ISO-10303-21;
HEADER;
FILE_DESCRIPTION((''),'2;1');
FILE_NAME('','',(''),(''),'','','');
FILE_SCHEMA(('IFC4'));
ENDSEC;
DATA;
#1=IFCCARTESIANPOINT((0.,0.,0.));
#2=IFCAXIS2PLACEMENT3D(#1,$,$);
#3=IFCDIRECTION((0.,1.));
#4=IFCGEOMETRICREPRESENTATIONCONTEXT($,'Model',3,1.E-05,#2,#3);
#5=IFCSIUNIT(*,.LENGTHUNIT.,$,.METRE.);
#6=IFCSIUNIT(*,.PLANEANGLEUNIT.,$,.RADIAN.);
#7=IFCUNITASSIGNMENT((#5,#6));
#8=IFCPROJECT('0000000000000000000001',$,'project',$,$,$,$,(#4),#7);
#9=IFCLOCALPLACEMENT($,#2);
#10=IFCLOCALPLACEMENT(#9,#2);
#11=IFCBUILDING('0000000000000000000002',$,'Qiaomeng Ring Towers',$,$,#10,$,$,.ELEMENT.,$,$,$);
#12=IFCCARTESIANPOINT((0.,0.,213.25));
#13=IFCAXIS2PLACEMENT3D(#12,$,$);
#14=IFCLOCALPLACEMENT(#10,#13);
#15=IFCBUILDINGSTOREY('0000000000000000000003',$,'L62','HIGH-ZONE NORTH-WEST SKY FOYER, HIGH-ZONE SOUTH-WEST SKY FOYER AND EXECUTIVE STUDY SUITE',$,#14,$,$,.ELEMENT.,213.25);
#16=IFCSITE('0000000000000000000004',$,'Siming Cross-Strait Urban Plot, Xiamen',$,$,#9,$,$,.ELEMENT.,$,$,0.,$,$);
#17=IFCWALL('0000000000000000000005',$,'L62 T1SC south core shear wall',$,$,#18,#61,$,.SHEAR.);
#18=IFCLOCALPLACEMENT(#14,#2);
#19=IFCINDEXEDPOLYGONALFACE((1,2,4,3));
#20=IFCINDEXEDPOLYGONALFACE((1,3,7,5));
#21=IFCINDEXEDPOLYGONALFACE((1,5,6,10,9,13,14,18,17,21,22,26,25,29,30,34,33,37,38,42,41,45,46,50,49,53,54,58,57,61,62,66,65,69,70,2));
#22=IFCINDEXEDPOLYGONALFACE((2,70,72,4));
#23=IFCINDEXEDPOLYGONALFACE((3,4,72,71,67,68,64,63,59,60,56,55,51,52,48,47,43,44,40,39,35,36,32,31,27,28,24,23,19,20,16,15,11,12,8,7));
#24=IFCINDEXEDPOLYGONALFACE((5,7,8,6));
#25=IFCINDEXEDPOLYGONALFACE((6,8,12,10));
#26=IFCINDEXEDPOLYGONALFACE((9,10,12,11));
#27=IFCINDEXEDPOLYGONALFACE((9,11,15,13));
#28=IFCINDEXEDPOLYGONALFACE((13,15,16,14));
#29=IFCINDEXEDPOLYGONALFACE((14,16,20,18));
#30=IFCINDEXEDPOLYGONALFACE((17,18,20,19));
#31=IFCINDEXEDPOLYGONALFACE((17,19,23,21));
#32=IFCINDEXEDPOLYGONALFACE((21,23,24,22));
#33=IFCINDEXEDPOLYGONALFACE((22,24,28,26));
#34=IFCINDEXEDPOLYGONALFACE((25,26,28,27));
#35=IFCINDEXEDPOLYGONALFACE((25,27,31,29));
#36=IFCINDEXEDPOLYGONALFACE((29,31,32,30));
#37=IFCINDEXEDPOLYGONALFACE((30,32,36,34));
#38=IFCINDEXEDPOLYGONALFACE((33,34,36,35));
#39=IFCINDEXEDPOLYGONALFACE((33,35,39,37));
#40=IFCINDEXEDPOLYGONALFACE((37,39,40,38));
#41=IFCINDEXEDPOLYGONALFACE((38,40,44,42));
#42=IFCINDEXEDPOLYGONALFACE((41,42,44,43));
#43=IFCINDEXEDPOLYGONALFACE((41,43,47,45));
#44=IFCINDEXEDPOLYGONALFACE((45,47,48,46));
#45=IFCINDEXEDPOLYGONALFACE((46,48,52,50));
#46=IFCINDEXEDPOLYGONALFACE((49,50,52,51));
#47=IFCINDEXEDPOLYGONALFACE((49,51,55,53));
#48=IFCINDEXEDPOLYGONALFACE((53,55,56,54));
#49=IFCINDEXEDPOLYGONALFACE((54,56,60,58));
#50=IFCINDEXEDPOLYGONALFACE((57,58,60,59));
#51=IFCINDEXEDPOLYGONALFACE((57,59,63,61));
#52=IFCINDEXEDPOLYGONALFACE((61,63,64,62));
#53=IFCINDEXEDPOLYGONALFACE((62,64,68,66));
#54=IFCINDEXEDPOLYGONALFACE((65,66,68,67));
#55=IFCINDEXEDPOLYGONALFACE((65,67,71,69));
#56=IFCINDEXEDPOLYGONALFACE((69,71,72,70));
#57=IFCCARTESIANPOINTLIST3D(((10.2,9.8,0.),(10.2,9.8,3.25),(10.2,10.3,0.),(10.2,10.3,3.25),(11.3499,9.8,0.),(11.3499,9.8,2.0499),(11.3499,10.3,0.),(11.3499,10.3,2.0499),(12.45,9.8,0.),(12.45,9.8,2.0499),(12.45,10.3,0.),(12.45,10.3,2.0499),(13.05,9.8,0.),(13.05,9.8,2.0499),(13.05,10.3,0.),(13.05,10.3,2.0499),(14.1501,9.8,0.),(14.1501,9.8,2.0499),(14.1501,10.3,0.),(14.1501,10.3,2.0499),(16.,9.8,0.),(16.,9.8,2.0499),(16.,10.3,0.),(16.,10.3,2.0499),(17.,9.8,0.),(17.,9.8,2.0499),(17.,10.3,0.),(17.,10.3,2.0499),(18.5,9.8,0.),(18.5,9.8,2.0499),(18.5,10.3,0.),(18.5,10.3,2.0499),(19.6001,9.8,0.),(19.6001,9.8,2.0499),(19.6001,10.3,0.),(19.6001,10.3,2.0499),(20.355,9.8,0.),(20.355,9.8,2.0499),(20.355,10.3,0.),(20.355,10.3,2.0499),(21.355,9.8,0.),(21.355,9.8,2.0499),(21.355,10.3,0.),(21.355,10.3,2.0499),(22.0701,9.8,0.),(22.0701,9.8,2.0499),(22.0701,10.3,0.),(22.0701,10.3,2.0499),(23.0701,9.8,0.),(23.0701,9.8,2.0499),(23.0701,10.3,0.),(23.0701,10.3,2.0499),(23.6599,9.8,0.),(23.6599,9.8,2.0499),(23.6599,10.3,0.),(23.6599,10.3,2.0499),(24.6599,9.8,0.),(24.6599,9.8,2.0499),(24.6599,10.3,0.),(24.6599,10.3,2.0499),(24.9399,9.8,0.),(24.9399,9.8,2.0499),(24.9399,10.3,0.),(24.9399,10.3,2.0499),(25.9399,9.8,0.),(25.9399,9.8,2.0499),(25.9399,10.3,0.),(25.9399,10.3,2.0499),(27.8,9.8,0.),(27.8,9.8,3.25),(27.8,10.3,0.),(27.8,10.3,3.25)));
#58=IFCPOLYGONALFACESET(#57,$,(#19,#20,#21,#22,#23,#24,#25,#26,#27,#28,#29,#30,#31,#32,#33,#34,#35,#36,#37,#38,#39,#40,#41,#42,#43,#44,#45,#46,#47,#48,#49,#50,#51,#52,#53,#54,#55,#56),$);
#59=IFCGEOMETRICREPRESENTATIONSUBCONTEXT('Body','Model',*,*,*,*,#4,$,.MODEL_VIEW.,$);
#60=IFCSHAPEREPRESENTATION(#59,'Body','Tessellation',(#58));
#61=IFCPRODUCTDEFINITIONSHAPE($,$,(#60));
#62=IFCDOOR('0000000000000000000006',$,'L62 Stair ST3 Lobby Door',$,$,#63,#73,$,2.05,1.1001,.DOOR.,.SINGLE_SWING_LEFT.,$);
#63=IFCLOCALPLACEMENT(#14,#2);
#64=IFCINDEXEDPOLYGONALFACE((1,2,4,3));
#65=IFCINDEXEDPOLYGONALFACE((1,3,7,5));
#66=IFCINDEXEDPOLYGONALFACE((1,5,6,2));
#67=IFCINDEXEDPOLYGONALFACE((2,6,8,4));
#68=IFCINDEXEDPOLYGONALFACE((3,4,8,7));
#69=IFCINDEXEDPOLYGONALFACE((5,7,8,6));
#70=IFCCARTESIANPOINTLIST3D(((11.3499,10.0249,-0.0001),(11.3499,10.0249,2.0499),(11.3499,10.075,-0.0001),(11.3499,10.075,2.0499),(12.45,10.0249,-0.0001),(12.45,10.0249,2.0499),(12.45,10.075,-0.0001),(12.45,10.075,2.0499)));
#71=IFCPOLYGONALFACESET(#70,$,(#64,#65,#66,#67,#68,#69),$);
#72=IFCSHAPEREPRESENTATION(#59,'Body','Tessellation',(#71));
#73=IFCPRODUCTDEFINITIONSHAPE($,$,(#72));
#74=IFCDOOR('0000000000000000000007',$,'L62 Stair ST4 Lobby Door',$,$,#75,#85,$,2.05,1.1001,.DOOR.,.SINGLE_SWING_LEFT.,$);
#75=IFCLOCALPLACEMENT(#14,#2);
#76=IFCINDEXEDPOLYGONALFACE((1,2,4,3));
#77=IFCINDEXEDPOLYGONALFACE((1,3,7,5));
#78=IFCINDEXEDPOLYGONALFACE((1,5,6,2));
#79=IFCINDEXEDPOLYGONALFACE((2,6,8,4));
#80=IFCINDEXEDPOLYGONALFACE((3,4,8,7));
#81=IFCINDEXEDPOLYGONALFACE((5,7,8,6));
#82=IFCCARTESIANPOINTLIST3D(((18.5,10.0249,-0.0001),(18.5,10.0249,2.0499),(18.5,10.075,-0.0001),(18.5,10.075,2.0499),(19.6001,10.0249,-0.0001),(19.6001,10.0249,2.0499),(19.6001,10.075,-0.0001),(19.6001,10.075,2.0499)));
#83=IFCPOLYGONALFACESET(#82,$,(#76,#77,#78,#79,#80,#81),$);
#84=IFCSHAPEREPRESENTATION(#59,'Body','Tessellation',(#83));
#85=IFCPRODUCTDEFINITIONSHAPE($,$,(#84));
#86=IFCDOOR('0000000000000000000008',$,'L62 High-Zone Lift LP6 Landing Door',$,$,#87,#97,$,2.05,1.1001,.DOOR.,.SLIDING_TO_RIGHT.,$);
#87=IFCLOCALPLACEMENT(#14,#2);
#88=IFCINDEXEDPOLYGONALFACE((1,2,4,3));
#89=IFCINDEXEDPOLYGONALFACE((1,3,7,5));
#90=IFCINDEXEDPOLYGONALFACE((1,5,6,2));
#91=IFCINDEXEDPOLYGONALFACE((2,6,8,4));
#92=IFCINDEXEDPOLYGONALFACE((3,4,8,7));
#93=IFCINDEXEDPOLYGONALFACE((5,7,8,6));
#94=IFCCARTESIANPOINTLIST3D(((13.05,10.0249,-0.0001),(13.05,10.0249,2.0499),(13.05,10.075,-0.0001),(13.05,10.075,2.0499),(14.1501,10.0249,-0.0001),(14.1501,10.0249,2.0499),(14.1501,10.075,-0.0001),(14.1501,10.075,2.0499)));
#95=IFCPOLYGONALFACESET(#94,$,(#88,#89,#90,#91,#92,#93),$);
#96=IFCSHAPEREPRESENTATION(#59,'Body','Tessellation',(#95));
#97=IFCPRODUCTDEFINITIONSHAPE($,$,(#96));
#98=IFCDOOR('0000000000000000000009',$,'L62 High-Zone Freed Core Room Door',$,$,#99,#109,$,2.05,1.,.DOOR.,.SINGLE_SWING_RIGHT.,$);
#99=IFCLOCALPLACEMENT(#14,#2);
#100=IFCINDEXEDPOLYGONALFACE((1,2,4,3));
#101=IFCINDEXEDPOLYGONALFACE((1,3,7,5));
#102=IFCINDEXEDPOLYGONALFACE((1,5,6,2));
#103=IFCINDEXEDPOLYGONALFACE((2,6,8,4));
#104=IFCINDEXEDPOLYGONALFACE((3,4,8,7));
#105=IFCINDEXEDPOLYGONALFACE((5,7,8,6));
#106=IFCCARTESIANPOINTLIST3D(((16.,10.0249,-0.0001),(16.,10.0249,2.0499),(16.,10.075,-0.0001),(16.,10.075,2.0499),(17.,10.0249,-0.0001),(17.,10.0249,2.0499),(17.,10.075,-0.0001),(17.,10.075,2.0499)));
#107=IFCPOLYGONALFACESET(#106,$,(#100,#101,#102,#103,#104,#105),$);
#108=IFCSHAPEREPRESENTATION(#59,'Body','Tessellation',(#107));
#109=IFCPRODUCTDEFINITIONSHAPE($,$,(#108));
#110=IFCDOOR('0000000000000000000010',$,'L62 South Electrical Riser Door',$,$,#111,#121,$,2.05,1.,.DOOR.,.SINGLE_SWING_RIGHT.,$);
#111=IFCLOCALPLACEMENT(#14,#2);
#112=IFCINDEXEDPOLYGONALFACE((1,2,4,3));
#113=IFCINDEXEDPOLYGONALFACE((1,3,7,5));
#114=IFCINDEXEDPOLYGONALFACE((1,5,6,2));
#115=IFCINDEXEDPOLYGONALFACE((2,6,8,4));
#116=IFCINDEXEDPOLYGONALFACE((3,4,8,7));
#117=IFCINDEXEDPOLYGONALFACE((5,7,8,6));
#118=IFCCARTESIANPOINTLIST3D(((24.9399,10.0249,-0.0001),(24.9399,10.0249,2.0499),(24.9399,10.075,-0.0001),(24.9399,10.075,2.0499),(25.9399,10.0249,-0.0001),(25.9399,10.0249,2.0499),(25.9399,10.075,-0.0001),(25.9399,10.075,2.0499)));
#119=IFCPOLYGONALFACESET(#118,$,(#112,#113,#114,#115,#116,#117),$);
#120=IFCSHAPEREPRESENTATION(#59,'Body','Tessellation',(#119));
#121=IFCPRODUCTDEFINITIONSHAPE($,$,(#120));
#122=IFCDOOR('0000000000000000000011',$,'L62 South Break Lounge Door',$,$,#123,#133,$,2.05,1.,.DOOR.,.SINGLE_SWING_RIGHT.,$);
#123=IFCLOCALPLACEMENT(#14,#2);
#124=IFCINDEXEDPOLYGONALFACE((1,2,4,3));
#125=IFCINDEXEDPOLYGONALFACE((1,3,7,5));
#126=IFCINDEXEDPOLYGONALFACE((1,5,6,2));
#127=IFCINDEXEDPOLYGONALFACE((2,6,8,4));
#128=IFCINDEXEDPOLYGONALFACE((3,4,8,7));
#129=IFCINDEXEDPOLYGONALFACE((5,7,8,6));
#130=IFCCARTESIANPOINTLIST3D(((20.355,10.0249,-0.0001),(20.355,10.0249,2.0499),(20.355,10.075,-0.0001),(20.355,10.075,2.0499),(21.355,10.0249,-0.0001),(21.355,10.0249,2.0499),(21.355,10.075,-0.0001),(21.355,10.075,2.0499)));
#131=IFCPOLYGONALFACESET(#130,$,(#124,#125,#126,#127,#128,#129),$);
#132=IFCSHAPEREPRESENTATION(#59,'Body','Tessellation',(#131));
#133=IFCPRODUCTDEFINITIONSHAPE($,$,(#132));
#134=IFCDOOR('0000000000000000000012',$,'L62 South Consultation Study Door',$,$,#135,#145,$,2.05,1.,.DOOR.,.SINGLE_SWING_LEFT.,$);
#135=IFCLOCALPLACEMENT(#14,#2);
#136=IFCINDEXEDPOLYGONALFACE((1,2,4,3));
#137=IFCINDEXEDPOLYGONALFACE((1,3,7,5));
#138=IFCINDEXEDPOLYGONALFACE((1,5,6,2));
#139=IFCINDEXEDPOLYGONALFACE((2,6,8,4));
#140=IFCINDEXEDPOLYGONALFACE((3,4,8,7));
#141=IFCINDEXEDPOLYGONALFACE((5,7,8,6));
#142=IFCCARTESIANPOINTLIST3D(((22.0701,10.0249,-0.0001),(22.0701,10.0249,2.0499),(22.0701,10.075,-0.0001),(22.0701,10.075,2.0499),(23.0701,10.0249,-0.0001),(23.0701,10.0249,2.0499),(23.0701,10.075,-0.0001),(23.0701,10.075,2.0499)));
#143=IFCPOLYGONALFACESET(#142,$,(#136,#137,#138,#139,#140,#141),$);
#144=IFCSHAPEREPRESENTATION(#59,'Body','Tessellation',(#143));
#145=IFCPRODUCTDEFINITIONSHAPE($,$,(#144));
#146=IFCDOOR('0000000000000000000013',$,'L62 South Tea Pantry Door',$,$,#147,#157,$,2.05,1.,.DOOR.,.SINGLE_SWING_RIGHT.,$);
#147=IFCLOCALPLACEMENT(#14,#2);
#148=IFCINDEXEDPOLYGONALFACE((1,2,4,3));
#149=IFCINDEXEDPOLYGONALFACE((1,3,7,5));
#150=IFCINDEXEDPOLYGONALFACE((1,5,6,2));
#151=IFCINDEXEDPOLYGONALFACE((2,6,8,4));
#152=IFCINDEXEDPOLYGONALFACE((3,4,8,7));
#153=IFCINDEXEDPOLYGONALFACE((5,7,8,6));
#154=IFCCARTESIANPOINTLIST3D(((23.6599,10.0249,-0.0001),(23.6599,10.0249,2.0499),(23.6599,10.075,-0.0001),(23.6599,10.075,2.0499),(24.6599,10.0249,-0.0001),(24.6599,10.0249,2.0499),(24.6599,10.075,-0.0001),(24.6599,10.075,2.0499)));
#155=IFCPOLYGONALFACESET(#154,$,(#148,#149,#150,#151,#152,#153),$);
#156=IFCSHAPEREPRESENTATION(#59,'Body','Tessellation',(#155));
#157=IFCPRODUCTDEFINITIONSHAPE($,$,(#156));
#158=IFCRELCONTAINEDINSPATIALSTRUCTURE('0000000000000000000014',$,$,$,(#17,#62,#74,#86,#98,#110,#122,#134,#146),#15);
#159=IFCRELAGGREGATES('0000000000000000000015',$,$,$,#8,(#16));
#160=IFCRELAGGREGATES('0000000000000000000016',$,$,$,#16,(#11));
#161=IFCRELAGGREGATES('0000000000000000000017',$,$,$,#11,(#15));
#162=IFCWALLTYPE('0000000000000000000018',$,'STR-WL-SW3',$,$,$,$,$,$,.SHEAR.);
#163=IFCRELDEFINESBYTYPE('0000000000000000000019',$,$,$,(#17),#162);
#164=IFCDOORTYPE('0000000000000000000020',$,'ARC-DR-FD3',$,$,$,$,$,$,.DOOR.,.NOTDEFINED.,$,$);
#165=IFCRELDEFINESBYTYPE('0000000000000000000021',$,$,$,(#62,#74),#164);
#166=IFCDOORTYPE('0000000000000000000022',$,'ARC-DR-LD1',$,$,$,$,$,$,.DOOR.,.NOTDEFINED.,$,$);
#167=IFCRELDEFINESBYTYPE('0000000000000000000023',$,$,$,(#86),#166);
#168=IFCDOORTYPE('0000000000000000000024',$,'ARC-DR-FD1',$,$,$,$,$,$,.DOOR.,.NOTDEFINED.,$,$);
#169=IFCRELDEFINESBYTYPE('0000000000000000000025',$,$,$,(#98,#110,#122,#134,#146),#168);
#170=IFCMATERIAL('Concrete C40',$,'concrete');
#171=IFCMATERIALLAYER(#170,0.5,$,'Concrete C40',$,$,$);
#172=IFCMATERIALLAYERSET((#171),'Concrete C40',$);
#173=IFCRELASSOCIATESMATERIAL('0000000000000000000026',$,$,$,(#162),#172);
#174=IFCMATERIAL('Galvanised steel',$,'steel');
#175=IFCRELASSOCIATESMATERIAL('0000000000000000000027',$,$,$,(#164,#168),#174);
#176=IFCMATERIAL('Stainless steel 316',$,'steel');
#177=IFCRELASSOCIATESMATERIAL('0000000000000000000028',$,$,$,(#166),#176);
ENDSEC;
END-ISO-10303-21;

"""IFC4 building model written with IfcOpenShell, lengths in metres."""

from ifc_helpers import new_model, si_unit, direction, frame, frame_2d, origin, place, context, subcontext, project, spatial, rectangle, extrude, source, transform, mapped, material, layer, layer_set, type_object, element, fill, save


model = new_model("IFC4")

# Units and contexts
model_context = context("Model", 3, precision=1e-05, world=origin(), true_north=direction((0.0, 1.0)))
body_context = subcontext(model_context, "Body", "Model", "MODEL_VIEW")
ifc_project = project(units=[si_unit("LENGTHUNIT", "METRE"), si_unit("PLANEANGLEUNIT", "RADIAN")], contexts=[model_context])

# Site, building, storey
site_placement = place(None, origin())
site = spatial("IfcSite", under=ifc_project, at=site_placement, Name="Siming Cross-Strait Urban Plot, Xiamen", CompositionType="ELEMENT", RefElevation=0.0)
building_placement = place(site_placement, origin())
building = spatial("IfcBuilding", under=site, at=building_placement, Name="Qiaomeng Ring Towers", CompositionType="ELEMENT")
storey_placement = place(building_placement, frame((0.0, 0.0, 213.25)))
storey = spatial("IfcBuildingStorey", under=building, at=storey_placement, Name="L62", Description="HIGH-ZONE NORTH-WEST SKY FOYER, HIGH-ZONE SOUTH-WEST SKY FOYER AND EXECUTIVE STUDY SUITE", CompositionType="ELEMENT", Elevation=213.25)

# Shared definitions
shared_shape_1 = source(origin(), body_context, "Body", "SweptSolid", [
    extrude(rectangle(XDim=1.0, YDim=2.05, at=frame_2d((0.5, 1.0249))), frame((0.0, 0.0249, 0.0), z_axis=(0.0, -1.0, 0.0), x_axis=(1.0, 0.0, 0.0)), (0.0, 0.0, 1.0), 0.05),
])

# Shared definitions
ifc_material_1 = material(Name="Concrete C40", Category="concrete")

# Wall, openings, doors
ifc_layer_1 = layer(ifc_material_1, 0.5, Name="Concrete C40")
ifc_layer_set_1 = layer_set([ifc_layer_1], Name="Concrete C40")
wall_type_1 = type_object("IfcWallType", Name="STR-WL-SW3", PredefinedType="SHEAR", material=ifc_layer_set_1)
wall_1_placement = place(storey_placement, frame((10.2, 10.05, 0.0), z_axis=(0.0, 0.0, 1.0), x_axis=(1.0, 0.0, 0.0)))
wall_1 = element("IfcWall", 1, at=wall_1_placement, inside=storey, type_object=wall_type_1, Name="L62 T1SC south core shear wall", PredefinedType="SHEAR", context=body_context, shape_type="SweptSolid", body=[
    extrude(rectangle(XDim=17.6001, YDim=0.5, at=frame_2d((8.8, 0.0))), origin(), (0.0, 0.0, 1.0), 3.25),
])
opening_1_placement = place(wall_1_placement, frame((1.1499, 0.0, 0.0)))
opening_1 = element("IfcOpeningElement", 2, at=opening_1_placement, cuts=wall_1, PredefinedType="OPENING", context=body_context, shape_type="SweptSolid", body=[
    extrude(rectangle(XDim=1.1001, YDim=2.05, at=frame_2d((0.55, 1.0249))), frame((0.0, 0.26, 0.0), z_axis=(0.0, -1.0, 0.0), x_axis=(1.0, 0.0, 0.0)), (0.0, 0.0, 1.0), 0.52),
])
opening_2_placement = place(wall_1_placement, frame((8.3, 0.0, 0.0)))
opening_2 = element("IfcOpeningElement", 3, at=opening_2_placement, cuts=wall_1, PredefinedType="OPENING", context=body_context, shape_type="SweptSolid", body=[
    extrude(rectangle(XDim=1.1001, YDim=2.05, at=frame_2d((0.55, 1.0249))), frame((0.0, 0.26, 0.0), z_axis=(0.0, -1.0, 0.0), x_axis=(1.0, 0.0, 0.0)), (0.0, 0.0, 1.0), 0.52),
])
opening_3_placement = place(wall_1_placement, frame((2.8501, 0.0, 0.0)))
opening_3 = element("IfcOpeningElement", 4, at=opening_3_placement, cuts=wall_1, PredefinedType="OPENING", context=body_context, shape_type="SweptSolid", body=[
    extrude(rectangle(XDim=1.1001, YDim=2.05, at=frame_2d((0.55, 1.0249))), frame((0.0, 0.26, 0.0), z_axis=(0.0, -1.0, 0.0), x_axis=(1.0, 0.0, 0.0)), (0.0, 0.0, 1.0), 0.52),
])
opening_4_placement = place(wall_1_placement, frame((5.8, 0.0, 0.0)))
opening_4 = element("IfcOpeningElement", 5, at=opening_4_placement, cuts=wall_1, PredefinedType="OPENING", context=body_context, shape_type="SweptSolid", body=[
    extrude(rectangle(XDim=1.0, YDim=2.05, at=frame_2d((0.5, 1.0249))), frame((0.0, 0.26, 0.0), z_axis=(0.0, -1.0, 0.0), x_axis=(1.0, 0.0, 0.0)), (0.0, 0.0, 1.0), 0.52),
])
opening_5_placement = place(wall_1_placement, frame((14.74, 0.0, 0.0)))
opening_5 = element("IfcOpeningElement", 6, at=opening_5_placement, cuts=wall_1, PredefinedType="OPENING", context=body_context, shape_type="SweptSolid", body=[
    extrude(rectangle(XDim=1.0, YDim=2.05, at=frame_2d((0.5, 1.0249))), frame((0.0, 0.26, 0.0), z_axis=(0.0, -1.0, 0.0), x_axis=(1.0, 0.0, 0.0)), (0.0, 0.0, 1.0), 0.52),
])
opening_6_placement = place(wall_1_placement, frame((10.155, 0.0, 0.0)))
opening_6 = element("IfcOpeningElement", 7, at=opening_6_placement, cuts=wall_1, PredefinedType="OPENING", context=body_context, shape_type="SweptSolid", body=[
    extrude(rectangle(XDim=1.0, YDim=2.05, at=frame_2d((0.5, 1.0249))), frame((0.0, 0.26, 0.0), z_axis=(0.0, -1.0, 0.0), x_axis=(1.0, 0.0, 0.0)), (0.0, 0.0, 1.0), 0.52),
])
opening_7_placement = place(wall_1_placement, frame((11.8701, 0.0, 0.0)))
opening_7 = element("IfcOpeningElement", 8, at=opening_7_placement, cuts=wall_1, PredefinedType="OPENING", context=body_context, shape_type="SweptSolid", body=[
    extrude(rectangle(XDim=1.0, YDim=2.05, at=frame_2d((0.5, 1.0249))), frame((0.0, 0.26, 0.0), z_axis=(0.0, -1.0, 0.0), x_axis=(1.0, 0.0, 0.0)), (0.0, 0.0, 1.0), 0.52),
])
opening_8_placement = place(wall_1_placement, frame((13.46, 0.0, 0.0)))
opening_8 = element("IfcOpeningElement", 9, at=opening_8_placement, cuts=wall_1, PredefinedType="OPENING", context=body_context, shape_type="SweptSolid", body=[
    extrude(rectangle(XDim=1.0, YDim=2.05, at=frame_2d((0.5, 1.0249))), frame((0.0, 0.26, 0.0), z_axis=(0.0, -1.0, 0.0), x_axis=(1.0, 0.0, 0.0)), (0.0, 0.0, 1.0), 0.52),
])
ifc_material_2 = material(Name="Galvanised steel", Category="steel")
door_type_1 = type_object("IfcDoorType", Name="ARC-DR-FD3", OperationType="NOTDEFINED", PredefinedType="DOOR", material=ifc_material_2)
shared_shape_2 = source(origin(), body_context, "Body", "SweptSolid", [
    extrude(rectangle(XDim=1.1001, YDim=2.05, at=frame_2d((0.55, 1.0249))), frame((0.0, 0.0249, 0.0), z_axis=(0.0, -1.0, 0.0), x_axis=(1.0, 0.0, 0.0)), (0.0, 0.0, 1.0), 0.05),
])
door_1_placement = place(opening_1_placement, origin())
door_1 = element("IfcDoor", 10, at=door_1_placement, inside=storey, type_object=door_type_1, Name="L62 Stair ST3 Lobby Door", OperationType="SINGLE_SWING_LEFT", OverallHeight=2.05, OverallWidth=1.1001, PredefinedType="DOOR", context=body_context, shape_type="MappedRepresentation", body=[
    mapped(shared_shape_2, transform((0.0, 0.0, 0.0), x_axis=(1.0, 0.0, 0.0), y_axis=(0.0, 1.0, 0.0), z_axis=(0.0, 0.0, 1.0), scale=1.0)),
])
fill(opening_1, door_1)
door_2_placement = place(opening_2_placement, origin())
door_2 = element("IfcDoor", 11, at=door_2_placement, inside=storey, type_object=door_type_1, Name="L62 Stair ST4 Lobby Door", OperationType="SINGLE_SWING_LEFT", OverallHeight=2.05, OverallWidth=1.1001, PredefinedType="DOOR", context=body_context, shape_type="MappedRepresentation", body=[
    mapped(shared_shape_2, transform((0.0, 0.0, 0.0), x_axis=(1.0, 0.0, 0.0), y_axis=(0.0, 1.0, 0.0), z_axis=(0.0, 0.0, 1.0), scale=1.0)),
])
fill(opening_2, door_2)
ifc_material_3 = material(Name="Stainless steel 316", Category="steel")
door_type_2 = type_object("IfcDoorType", Name="ARC-DR-LD1", OperationType="NOTDEFINED", PredefinedType="DOOR", material=ifc_material_3)
door_3_placement = place(opening_3_placement, origin())
door_3 = element("IfcDoor", 12, at=door_3_placement, inside=storey, type_object=door_type_2, Name="L62 High-Zone Lift LP6 Landing Door", OperationType="SLIDING_TO_RIGHT", OverallHeight=2.05, OverallWidth=1.1001, PredefinedType="DOOR", context=body_context, shape_type="MappedRepresentation", body=[
    mapped(shared_shape_2, transform((0.0, 0.0, 0.0), x_axis=(1.0, 0.0, 0.0), y_axis=(0.0, 1.0, 0.0), z_axis=(0.0, 0.0, 1.0), scale=1.0)),
])
fill(opening_3, door_3)
door_type_3 = type_object("IfcDoorType", Name="ARC-DR-FD1", OperationType="NOTDEFINED", PredefinedType="DOOR", material=ifc_material_2)
door_4_placement = place(opening_4_placement, origin())
door_4 = element("IfcDoor", 13, at=door_4_placement, inside=storey, type_object=door_type_3, Name="L62 High-Zone Freed Core Room Door", OperationType="SINGLE_SWING_RIGHT", OverallHeight=2.05, OverallWidth=1.0, PredefinedType="DOOR", context=body_context, shape_type="MappedRepresentation", body=[
    mapped(shared_shape_1, transform((0.0, 0.0, 0.0), x_axis=(1.0, 0.0, 0.0), y_axis=(0.0, 1.0, 0.0), z_axis=(0.0, 0.0, 1.0), scale=1.0)),
])
fill(opening_4, door_4)
door_5_placement = place(opening_5_placement, origin())
door_5 = element("IfcDoor", 14, at=door_5_placement, inside=storey, type_object=door_type_3, Name="L62 South Electrical Riser Door", OperationType="SINGLE_SWING_RIGHT", OverallHeight=2.05, OverallWidth=1.0, PredefinedType="DOOR", context=body_context, shape_type="MappedRepresentation", body=[
    mapped(shared_shape_1, transform((0.0, 0.0, 0.0), x_axis=(1.0, 0.0, 0.0), y_axis=(0.0, 1.0, 0.0), z_axis=(0.0, 0.0, 1.0), scale=1.0)),
])
fill(opening_5, door_5)
door_6_placement = place(opening_6_placement, origin())
door_6 = element("IfcDoor", 15, at=door_6_placement, inside=storey, type_object=door_type_3, Name="L62 South Break Lounge Door", OperationType="SINGLE_SWING_RIGHT", OverallHeight=2.05, OverallWidth=1.0, PredefinedType="DOOR", context=body_context, shape_type="MappedRepresentation", body=[
    mapped(shared_shape_1, transform((0.0, 0.0, 0.0), x_axis=(1.0, 0.0, 0.0), y_axis=(0.0, 1.0, 0.0), z_axis=(0.0, 0.0, 1.0), scale=1.0)),
])
fill(opening_6, door_6)
door_7_placement = place(opening_7_placement, origin())
door_7 = element("IfcDoor", 16, at=door_7_placement, inside=storey, type_object=door_type_3, Name="L62 South Consultation Study Door", OperationType="SINGLE_SWING_LEFT", OverallHeight=2.05, OverallWidth=1.0, PredefinedType="DOOR", context=body_context, shape_type="MappedRepresentation", body=[
    mapped(shared_shape_1, transform((0.0, 0.0, 0.0), x_axis=(1.0, 0.0, 0.0), y_axis=(0.0, 1.0, 0.0), z_axis=(0.0, 0.0, 1.0), scale=1.0)),
])
fill(opening_7, door_7)
door_8_placement = place(opening_8_placement, origin())
door_8 = element("IfcDoor", 17, at=door_8_placement, inside=storey, type_object=door_type_3, Name="L62 South Tea Pantry Door", OperationType="SINGLE_SWING_RIGHT", OverallHeight=2.05, OverallWidth=1.0, PredefinedType="DOOR", context=body_context, shape_type="MappedRepresentation", body=[
    mapped(shared_shape_1, transform((0.0, 0.0, 0.0), x_axis=(1.0, 0.0, 0.0), y_axis=(0.0, 1.0, 0.0), z_axis=(0.0, 0.0, 1.0), scale=1.0)),
])
fill(opening_8, door_8)

save(model, "model.ifc")
